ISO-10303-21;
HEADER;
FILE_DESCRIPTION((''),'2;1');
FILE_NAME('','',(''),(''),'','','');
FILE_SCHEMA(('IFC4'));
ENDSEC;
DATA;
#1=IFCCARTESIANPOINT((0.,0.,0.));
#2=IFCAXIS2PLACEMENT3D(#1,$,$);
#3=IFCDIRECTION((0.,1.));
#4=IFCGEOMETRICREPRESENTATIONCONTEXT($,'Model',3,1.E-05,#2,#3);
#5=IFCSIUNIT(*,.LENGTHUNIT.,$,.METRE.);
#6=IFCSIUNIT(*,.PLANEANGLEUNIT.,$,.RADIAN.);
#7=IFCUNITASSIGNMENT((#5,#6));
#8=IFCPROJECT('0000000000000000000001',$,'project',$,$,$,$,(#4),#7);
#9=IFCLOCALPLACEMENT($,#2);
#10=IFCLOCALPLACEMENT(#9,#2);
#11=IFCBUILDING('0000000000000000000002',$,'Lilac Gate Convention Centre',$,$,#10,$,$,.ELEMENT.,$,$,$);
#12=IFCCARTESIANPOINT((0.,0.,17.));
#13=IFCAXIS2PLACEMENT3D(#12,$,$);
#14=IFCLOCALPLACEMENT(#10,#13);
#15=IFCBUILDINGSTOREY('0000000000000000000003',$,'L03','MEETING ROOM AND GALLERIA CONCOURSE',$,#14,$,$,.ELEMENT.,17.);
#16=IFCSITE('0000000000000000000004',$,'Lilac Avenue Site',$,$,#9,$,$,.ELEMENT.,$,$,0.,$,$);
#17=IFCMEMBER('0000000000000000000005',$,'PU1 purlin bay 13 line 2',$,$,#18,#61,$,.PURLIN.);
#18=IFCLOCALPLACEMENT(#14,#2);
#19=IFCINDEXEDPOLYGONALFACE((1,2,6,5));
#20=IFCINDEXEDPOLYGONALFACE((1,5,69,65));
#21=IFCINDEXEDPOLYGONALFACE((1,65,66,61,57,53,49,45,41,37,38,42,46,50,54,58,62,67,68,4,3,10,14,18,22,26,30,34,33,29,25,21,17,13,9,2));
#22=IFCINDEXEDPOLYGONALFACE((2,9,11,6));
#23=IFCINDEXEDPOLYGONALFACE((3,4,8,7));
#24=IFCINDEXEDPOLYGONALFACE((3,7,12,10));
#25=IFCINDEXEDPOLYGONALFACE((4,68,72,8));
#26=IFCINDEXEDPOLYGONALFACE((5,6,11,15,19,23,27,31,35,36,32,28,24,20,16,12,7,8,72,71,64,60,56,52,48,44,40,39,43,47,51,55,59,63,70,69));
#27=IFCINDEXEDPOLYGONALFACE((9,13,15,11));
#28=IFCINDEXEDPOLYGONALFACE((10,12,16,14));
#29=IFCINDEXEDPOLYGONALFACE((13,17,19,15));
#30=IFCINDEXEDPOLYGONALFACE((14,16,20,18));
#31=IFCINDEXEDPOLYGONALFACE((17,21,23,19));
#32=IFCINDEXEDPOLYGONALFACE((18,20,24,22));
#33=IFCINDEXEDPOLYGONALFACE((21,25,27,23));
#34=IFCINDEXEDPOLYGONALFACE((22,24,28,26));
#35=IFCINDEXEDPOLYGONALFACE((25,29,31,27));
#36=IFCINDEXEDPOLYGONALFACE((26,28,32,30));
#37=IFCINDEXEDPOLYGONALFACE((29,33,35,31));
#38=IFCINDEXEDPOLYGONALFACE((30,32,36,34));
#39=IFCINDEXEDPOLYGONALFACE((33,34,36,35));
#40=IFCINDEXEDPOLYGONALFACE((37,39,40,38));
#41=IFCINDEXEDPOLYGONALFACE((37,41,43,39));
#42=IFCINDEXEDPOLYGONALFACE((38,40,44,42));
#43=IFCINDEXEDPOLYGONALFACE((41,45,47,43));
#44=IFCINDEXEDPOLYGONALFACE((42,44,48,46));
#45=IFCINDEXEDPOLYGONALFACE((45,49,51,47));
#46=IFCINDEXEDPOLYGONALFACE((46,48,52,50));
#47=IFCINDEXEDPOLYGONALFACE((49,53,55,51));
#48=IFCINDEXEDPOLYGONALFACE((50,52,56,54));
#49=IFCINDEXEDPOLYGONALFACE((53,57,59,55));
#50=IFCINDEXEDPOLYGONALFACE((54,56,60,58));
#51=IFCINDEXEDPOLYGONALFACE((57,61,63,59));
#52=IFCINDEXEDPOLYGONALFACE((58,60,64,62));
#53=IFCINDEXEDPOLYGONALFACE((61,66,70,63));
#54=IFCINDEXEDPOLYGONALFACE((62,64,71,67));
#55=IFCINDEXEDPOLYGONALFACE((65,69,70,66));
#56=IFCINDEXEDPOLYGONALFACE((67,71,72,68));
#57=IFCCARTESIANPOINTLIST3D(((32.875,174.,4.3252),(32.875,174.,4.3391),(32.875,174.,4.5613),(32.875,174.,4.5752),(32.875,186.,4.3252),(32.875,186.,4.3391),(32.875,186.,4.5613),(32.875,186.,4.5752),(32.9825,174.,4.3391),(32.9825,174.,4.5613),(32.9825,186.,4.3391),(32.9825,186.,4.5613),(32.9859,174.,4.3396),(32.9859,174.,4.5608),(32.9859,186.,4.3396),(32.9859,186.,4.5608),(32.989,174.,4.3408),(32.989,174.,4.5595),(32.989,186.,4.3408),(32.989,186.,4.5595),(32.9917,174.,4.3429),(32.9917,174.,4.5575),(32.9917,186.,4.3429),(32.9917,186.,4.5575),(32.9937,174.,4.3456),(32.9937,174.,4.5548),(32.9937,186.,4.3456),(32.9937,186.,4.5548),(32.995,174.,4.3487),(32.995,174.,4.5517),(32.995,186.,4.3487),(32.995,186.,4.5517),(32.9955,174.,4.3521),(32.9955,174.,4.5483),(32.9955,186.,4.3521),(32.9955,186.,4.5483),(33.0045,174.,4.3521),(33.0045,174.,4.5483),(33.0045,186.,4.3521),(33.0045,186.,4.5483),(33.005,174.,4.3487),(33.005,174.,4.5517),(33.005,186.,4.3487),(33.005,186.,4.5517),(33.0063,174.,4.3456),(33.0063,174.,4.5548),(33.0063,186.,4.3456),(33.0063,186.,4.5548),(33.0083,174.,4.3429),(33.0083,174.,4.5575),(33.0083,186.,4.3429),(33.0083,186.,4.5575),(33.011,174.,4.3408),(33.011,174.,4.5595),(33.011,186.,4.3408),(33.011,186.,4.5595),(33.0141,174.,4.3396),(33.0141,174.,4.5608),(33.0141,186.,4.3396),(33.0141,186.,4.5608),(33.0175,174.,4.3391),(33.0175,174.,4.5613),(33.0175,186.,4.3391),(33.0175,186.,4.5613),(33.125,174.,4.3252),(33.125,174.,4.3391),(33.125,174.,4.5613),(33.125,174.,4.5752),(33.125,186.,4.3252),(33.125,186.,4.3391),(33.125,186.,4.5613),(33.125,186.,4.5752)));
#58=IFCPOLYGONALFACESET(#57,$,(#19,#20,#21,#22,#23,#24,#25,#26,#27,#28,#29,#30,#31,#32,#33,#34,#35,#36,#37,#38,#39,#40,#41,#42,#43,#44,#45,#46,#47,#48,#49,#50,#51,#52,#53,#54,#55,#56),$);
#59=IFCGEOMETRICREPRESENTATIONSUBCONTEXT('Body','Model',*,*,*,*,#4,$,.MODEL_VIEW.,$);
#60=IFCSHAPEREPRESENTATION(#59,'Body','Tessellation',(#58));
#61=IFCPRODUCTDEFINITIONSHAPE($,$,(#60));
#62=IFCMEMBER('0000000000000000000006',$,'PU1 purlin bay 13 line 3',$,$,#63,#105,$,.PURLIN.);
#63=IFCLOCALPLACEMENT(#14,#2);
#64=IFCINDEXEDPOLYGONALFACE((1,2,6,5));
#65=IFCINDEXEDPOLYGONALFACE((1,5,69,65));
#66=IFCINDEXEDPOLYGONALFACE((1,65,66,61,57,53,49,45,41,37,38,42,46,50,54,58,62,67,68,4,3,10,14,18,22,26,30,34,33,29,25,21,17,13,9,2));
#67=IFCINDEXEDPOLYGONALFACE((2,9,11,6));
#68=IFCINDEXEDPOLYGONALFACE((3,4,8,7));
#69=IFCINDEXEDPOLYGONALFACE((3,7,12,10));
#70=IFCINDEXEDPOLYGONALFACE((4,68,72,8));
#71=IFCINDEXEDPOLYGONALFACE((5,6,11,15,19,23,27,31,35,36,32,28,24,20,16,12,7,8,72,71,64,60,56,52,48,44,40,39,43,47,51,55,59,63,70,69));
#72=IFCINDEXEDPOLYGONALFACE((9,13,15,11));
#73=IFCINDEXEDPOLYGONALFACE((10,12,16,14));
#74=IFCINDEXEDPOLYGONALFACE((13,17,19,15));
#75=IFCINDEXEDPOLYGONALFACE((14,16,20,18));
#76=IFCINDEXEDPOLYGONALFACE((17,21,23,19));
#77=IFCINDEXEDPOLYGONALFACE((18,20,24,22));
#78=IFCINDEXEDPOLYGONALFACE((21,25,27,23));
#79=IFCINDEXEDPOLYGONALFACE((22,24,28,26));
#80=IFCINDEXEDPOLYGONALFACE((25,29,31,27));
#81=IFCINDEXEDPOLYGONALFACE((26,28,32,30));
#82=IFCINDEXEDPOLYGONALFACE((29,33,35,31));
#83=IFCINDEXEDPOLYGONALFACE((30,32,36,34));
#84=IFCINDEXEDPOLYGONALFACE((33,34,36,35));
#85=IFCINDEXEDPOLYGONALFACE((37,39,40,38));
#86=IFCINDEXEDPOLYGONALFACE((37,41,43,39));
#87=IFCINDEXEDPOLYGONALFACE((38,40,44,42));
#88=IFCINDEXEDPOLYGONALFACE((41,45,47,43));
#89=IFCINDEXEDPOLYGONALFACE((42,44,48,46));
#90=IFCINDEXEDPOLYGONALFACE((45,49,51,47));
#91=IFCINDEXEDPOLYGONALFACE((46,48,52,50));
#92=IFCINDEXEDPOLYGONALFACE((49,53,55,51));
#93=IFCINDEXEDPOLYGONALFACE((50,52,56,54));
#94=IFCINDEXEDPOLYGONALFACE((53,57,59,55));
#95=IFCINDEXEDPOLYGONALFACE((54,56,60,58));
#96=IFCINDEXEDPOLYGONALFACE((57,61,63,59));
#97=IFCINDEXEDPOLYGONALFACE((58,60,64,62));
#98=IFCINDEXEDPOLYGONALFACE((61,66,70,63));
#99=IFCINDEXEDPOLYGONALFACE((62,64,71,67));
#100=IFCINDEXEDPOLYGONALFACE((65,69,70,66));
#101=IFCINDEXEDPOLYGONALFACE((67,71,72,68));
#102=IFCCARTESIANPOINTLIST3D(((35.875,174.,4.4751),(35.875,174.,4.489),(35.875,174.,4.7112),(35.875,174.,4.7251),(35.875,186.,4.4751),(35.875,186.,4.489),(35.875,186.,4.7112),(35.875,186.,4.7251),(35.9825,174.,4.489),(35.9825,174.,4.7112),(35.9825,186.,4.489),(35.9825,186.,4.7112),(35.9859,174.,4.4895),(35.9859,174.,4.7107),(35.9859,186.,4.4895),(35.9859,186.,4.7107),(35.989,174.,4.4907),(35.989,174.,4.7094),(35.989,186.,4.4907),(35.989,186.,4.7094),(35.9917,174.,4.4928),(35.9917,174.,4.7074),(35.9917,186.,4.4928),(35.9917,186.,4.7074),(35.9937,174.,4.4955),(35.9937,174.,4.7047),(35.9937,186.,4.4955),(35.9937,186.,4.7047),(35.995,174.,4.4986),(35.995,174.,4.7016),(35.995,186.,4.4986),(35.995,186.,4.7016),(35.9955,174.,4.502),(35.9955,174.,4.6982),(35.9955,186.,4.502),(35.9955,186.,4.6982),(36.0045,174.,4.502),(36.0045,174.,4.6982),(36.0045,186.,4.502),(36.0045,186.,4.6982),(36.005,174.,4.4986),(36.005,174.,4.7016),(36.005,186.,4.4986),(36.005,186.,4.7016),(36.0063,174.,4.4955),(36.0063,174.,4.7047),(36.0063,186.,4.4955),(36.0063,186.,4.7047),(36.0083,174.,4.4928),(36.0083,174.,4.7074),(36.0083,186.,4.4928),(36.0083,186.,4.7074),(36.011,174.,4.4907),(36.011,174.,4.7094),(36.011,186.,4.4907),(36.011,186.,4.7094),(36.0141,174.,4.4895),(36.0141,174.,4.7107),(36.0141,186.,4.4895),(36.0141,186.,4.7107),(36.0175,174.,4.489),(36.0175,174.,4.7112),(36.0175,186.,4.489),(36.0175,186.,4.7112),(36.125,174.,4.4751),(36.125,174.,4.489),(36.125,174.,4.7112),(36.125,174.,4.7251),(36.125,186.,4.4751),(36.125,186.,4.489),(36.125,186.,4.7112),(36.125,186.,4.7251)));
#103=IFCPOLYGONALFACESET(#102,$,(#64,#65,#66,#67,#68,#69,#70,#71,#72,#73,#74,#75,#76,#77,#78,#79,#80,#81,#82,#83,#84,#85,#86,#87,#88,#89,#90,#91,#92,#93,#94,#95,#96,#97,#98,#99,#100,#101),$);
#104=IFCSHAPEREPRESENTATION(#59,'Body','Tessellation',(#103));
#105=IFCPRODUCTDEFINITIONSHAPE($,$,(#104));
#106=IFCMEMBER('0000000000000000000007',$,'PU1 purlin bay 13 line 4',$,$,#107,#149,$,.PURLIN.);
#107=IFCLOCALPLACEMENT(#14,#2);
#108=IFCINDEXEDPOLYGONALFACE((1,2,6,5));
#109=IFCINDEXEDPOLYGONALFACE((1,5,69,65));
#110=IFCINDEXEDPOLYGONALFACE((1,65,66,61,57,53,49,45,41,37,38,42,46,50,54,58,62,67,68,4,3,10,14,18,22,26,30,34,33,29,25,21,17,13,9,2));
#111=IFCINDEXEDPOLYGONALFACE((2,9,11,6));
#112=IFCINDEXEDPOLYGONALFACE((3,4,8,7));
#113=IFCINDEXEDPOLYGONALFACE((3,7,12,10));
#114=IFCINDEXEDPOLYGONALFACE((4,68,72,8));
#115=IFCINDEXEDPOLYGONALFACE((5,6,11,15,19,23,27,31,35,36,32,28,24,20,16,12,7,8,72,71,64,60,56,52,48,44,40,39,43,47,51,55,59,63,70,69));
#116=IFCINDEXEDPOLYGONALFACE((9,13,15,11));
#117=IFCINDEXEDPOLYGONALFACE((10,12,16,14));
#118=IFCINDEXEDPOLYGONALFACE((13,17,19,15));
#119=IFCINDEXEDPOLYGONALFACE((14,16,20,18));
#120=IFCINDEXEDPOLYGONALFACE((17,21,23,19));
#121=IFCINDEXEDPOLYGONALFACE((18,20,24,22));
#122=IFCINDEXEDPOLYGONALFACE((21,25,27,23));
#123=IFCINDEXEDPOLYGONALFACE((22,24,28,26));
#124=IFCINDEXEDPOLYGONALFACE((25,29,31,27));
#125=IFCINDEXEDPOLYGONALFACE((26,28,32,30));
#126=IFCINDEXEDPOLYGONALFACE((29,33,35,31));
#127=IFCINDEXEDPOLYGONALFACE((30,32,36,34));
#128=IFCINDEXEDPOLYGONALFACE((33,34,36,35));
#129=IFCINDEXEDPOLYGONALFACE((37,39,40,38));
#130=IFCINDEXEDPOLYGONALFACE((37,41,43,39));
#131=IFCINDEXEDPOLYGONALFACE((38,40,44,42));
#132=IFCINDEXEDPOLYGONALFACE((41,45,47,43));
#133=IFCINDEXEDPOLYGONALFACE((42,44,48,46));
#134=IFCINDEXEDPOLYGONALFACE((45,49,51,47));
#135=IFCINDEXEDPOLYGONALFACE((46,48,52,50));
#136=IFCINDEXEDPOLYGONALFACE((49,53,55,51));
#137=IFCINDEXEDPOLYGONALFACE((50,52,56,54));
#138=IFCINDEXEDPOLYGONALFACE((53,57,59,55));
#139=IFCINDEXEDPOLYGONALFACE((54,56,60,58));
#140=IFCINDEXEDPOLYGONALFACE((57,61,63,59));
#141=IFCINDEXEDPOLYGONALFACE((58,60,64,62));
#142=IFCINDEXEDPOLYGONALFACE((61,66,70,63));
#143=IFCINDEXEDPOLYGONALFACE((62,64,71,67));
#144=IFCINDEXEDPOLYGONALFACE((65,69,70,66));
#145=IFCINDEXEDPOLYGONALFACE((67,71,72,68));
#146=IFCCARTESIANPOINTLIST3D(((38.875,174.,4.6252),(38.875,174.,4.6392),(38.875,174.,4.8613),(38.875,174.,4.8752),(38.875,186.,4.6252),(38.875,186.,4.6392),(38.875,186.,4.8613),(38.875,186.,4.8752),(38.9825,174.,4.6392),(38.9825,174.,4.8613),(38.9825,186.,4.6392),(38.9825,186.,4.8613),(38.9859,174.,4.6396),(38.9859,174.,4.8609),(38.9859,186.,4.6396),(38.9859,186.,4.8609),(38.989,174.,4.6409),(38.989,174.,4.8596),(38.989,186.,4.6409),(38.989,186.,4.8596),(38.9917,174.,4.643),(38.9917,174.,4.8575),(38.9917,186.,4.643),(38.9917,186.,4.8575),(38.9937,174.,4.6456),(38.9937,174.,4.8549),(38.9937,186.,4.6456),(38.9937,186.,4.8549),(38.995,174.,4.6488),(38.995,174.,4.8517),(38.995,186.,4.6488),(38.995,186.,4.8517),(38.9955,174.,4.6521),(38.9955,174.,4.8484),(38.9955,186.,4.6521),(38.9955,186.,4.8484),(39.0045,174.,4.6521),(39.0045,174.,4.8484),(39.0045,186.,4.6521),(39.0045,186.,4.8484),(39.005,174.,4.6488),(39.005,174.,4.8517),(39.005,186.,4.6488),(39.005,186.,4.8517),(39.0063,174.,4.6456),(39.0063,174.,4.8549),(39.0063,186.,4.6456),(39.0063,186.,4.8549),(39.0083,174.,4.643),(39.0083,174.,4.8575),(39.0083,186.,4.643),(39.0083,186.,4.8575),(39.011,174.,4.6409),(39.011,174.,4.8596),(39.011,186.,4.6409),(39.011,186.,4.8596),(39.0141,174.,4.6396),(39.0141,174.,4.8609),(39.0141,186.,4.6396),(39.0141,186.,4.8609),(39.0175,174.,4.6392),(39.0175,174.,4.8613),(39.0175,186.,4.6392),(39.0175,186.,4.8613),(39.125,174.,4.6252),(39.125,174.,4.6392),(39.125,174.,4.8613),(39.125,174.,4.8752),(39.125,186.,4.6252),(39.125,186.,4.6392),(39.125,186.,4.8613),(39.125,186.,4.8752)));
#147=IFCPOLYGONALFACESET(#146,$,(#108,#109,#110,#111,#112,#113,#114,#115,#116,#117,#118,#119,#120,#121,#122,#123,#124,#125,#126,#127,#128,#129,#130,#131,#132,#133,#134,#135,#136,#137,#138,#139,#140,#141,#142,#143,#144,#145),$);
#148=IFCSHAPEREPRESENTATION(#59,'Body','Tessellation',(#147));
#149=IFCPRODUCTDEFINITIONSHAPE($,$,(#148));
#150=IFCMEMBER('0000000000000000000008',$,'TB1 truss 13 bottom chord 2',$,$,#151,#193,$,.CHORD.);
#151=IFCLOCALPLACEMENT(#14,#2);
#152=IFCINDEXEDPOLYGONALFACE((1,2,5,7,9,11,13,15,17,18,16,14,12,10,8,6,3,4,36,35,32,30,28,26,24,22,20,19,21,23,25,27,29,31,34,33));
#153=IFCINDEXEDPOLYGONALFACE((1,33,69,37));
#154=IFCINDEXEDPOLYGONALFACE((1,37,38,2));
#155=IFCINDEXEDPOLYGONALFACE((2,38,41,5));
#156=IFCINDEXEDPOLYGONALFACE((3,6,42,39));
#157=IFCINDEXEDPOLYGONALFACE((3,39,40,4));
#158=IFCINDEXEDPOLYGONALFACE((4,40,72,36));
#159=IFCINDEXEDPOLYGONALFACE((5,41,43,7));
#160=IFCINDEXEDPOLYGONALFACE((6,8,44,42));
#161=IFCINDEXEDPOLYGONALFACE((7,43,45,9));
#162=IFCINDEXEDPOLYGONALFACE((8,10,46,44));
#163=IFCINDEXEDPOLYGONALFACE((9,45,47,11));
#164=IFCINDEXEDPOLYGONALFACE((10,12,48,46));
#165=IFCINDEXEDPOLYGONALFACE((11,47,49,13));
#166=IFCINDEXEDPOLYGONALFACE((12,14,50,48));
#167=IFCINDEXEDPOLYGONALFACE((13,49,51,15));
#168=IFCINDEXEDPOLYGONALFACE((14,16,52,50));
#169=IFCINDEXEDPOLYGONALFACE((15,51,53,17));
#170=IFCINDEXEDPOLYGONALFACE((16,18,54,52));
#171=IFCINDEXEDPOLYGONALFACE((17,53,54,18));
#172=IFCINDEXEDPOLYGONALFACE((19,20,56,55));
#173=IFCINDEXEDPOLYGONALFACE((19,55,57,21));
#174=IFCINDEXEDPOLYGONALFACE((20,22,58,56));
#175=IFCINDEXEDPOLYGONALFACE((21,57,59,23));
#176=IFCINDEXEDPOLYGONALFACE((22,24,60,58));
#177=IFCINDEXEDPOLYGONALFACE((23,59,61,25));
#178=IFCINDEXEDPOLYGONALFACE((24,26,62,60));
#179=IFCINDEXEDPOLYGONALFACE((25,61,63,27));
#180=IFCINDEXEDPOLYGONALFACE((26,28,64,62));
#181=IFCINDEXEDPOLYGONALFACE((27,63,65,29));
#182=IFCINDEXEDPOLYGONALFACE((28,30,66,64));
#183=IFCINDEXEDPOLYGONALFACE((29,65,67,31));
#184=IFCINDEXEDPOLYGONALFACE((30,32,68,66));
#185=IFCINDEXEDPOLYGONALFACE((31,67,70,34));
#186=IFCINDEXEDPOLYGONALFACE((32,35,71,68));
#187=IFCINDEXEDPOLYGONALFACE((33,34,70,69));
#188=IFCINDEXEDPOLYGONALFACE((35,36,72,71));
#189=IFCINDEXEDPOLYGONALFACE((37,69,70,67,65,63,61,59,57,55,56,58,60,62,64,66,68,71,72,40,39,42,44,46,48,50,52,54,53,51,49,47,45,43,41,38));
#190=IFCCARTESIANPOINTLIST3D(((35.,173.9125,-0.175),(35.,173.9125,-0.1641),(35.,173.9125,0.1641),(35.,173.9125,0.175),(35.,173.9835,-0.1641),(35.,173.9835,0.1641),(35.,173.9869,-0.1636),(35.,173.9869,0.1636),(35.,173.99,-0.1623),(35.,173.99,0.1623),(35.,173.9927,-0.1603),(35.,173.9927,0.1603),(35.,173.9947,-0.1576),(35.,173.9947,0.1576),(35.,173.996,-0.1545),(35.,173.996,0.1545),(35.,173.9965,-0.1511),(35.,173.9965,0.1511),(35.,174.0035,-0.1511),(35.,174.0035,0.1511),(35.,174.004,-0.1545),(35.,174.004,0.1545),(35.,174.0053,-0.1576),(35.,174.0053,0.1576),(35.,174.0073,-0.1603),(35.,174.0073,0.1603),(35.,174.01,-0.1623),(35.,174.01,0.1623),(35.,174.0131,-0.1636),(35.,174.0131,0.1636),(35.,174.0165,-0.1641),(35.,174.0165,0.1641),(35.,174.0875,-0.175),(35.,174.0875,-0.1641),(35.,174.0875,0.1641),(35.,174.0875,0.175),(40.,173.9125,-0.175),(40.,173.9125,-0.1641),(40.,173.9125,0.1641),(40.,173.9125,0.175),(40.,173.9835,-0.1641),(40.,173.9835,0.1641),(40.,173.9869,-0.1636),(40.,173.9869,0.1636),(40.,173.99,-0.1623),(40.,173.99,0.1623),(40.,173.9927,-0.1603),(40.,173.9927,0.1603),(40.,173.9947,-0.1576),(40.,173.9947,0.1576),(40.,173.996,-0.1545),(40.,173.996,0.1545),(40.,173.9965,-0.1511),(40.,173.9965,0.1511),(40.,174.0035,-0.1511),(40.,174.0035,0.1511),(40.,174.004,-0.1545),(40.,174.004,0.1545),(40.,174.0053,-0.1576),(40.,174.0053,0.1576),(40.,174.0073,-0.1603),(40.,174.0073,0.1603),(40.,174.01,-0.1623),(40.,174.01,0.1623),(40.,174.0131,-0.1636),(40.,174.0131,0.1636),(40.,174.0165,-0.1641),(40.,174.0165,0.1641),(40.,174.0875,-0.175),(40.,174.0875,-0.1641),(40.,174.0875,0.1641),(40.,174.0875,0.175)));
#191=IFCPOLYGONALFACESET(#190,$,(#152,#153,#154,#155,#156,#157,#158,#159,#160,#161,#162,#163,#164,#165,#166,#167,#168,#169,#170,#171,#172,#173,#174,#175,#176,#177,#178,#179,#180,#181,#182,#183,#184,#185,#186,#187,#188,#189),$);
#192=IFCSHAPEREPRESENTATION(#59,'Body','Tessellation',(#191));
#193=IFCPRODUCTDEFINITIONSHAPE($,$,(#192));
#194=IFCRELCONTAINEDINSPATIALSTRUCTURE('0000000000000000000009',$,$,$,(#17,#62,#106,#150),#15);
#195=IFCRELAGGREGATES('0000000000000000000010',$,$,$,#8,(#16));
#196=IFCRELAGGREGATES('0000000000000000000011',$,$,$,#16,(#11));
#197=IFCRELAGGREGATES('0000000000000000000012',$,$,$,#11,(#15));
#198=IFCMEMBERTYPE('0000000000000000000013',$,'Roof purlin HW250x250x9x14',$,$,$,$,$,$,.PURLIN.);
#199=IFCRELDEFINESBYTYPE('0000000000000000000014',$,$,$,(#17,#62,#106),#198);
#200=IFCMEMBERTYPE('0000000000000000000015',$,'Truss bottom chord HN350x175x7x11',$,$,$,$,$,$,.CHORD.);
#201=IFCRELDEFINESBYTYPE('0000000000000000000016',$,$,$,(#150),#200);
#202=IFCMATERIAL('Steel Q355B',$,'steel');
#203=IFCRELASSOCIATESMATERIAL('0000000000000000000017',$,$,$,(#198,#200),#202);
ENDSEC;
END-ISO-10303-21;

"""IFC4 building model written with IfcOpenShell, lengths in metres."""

from ifc_helpers import new_model, si_unit, direction, frame, origin, origin_2d, place, context, subcontext, project, spatial, i_section, extrude, material, material_profile, profile_set, type_object, element, save


model = new_model("IFC4")

# Units and contexts
model_context = context("Model", 3, precision=1e-05, world=origin(), true_north=direction((0.0, 1.0)))
body_context = subcontext(model_context, "Body", "Model", "MODEL_VIEW")
ifc_project = project(units=[si_unit("LENGTHUNIT", "METRE"), si_unit("PLANEANGLEUNIT", "RADIAN")], contexts=[model_context])

# Site, building, storey
site_placement = place(None, origin())
site = spatial("IfcSite", under=ifc_project, at=site_placement, Name="Lilac Avenue Site", CompositionType="ELEMENT", RefElevation=0.0)
building_placement = place(site_placement, origin())
building = spatial("IfcBuilding", under=site, at=building_placement, Name="Lilac Gate Convention Centre", CompositionType="ELEMENT")
storey_placement = place(building_placement, frame((0.0, 0.0, 17.0)))
storey = spatial("IfcBuildingStorey", under=building, at=storey_placement, Name="L03", Description="MEETING ROOM AND GALLERIA CONCOURSE", CompositionType="ELEMENT", Elevation=17.0)

# Members
ifc_material = material(Name="Steel Q355B", Category="steel")
ifc_material_profile_1 = material_profile(ifc_material, i_section(OverallWidth=0.25, OverallDepth=0.25, WebThickness=0.009, FlangeThickness=0.0139, FilletRadius=0.0129, at=origin_2d()), Name="HW250x250x9x14")
ifc_profile_set_1 = profile_set([ifc_material_profile_1], Name="Steel Q355B")
member_type_1 = type_object("IfcMemberType", Name="Roof purlin HW250x250x9x14", PredefinedType="PURLIN", material=ifc_profile_set_1)
for number, where, z_axis, x_axis, name in (
    (1, (33.0, 174.0, 4.4502), (0.0, 1.0, 0.0), (-1.0, 0.0, 0.0), "PU1 purlin bay 13 line 2"),
    (2, (36.0, 174.0, 4.6001), (0.0, 1.0, 0.0), (-1.0, 0.0, 0.0), "PU1 purlin bay 13 line 3"),
    (3, (39.0, 174.0, 4.7502), (0.0, 1.0, 0.0), (-1.0, 0.0, 0.0), "PU1 purlin bay 13 line 4"),
):
    element("IfcMember", number, at=place(storey_placement, frame(where, z_axis=z_axis, x_axis=x_axis)), inside=storey, type_object=member_type_1, Name=name, PredefinedType="PURLIN", context=body_context, shape_type="SweptSolid", body=[
        extrude(i_section(OverallWidth=0.25, OverallDepth=0.25, WebThickness=0.009, FlangeThickness=0.0139, FilletRadius=0.0129, at=origin_2d()), origin(), (0.0, 0.0, 1.0), 12.0),
    ])
ifc_material_profile_2 = material_profile(ifc_material, i_section(OverallWidth=0.175, OverallDepth=0.3501, WebThickness=0.0071, FlangeThickness=0.011, FilletRadius=0.0129, at=origin_2d()), Name="HN350x175x7x11")
ifc_profile_set_2 = profile_set([ifc_material_profile_2], Name="Steel Q355B")
member_type_2 = type_object("IfcMemberType", Name="Truss bottom chord HN350x175x7x11", PredefinedType="CHORD", material=ifc_profile_set_2)
for number, where, z_axis, x_axis, name in (
    (4, (35.0, 174.0, 0.0), (1.0, 0.0, 0.0), (0.0, 1.0, 0.0), "TB1 truss 13 bottom chord 2"),
):
    element("IfcMember", number, at=place(storey_placement, frame(where, z_axis=z_axis, x_axis=x_axis)), inside=storey, type_object=member_type_2, Name=name, PredefinedType="CHORD", context=body_context, shape_type="SweptSolid", body=[
        extrude(i_section(OverallWidth=0.175, OverallDepth=0.3501, WebThickness=0.0071, FlangeThickness=0.011, FilletRadius=0.0129, at=origin_2d()), origin(), (0.0, 0.0, 1.0), 5.0),
    ])

save(model, "model.ifc")
